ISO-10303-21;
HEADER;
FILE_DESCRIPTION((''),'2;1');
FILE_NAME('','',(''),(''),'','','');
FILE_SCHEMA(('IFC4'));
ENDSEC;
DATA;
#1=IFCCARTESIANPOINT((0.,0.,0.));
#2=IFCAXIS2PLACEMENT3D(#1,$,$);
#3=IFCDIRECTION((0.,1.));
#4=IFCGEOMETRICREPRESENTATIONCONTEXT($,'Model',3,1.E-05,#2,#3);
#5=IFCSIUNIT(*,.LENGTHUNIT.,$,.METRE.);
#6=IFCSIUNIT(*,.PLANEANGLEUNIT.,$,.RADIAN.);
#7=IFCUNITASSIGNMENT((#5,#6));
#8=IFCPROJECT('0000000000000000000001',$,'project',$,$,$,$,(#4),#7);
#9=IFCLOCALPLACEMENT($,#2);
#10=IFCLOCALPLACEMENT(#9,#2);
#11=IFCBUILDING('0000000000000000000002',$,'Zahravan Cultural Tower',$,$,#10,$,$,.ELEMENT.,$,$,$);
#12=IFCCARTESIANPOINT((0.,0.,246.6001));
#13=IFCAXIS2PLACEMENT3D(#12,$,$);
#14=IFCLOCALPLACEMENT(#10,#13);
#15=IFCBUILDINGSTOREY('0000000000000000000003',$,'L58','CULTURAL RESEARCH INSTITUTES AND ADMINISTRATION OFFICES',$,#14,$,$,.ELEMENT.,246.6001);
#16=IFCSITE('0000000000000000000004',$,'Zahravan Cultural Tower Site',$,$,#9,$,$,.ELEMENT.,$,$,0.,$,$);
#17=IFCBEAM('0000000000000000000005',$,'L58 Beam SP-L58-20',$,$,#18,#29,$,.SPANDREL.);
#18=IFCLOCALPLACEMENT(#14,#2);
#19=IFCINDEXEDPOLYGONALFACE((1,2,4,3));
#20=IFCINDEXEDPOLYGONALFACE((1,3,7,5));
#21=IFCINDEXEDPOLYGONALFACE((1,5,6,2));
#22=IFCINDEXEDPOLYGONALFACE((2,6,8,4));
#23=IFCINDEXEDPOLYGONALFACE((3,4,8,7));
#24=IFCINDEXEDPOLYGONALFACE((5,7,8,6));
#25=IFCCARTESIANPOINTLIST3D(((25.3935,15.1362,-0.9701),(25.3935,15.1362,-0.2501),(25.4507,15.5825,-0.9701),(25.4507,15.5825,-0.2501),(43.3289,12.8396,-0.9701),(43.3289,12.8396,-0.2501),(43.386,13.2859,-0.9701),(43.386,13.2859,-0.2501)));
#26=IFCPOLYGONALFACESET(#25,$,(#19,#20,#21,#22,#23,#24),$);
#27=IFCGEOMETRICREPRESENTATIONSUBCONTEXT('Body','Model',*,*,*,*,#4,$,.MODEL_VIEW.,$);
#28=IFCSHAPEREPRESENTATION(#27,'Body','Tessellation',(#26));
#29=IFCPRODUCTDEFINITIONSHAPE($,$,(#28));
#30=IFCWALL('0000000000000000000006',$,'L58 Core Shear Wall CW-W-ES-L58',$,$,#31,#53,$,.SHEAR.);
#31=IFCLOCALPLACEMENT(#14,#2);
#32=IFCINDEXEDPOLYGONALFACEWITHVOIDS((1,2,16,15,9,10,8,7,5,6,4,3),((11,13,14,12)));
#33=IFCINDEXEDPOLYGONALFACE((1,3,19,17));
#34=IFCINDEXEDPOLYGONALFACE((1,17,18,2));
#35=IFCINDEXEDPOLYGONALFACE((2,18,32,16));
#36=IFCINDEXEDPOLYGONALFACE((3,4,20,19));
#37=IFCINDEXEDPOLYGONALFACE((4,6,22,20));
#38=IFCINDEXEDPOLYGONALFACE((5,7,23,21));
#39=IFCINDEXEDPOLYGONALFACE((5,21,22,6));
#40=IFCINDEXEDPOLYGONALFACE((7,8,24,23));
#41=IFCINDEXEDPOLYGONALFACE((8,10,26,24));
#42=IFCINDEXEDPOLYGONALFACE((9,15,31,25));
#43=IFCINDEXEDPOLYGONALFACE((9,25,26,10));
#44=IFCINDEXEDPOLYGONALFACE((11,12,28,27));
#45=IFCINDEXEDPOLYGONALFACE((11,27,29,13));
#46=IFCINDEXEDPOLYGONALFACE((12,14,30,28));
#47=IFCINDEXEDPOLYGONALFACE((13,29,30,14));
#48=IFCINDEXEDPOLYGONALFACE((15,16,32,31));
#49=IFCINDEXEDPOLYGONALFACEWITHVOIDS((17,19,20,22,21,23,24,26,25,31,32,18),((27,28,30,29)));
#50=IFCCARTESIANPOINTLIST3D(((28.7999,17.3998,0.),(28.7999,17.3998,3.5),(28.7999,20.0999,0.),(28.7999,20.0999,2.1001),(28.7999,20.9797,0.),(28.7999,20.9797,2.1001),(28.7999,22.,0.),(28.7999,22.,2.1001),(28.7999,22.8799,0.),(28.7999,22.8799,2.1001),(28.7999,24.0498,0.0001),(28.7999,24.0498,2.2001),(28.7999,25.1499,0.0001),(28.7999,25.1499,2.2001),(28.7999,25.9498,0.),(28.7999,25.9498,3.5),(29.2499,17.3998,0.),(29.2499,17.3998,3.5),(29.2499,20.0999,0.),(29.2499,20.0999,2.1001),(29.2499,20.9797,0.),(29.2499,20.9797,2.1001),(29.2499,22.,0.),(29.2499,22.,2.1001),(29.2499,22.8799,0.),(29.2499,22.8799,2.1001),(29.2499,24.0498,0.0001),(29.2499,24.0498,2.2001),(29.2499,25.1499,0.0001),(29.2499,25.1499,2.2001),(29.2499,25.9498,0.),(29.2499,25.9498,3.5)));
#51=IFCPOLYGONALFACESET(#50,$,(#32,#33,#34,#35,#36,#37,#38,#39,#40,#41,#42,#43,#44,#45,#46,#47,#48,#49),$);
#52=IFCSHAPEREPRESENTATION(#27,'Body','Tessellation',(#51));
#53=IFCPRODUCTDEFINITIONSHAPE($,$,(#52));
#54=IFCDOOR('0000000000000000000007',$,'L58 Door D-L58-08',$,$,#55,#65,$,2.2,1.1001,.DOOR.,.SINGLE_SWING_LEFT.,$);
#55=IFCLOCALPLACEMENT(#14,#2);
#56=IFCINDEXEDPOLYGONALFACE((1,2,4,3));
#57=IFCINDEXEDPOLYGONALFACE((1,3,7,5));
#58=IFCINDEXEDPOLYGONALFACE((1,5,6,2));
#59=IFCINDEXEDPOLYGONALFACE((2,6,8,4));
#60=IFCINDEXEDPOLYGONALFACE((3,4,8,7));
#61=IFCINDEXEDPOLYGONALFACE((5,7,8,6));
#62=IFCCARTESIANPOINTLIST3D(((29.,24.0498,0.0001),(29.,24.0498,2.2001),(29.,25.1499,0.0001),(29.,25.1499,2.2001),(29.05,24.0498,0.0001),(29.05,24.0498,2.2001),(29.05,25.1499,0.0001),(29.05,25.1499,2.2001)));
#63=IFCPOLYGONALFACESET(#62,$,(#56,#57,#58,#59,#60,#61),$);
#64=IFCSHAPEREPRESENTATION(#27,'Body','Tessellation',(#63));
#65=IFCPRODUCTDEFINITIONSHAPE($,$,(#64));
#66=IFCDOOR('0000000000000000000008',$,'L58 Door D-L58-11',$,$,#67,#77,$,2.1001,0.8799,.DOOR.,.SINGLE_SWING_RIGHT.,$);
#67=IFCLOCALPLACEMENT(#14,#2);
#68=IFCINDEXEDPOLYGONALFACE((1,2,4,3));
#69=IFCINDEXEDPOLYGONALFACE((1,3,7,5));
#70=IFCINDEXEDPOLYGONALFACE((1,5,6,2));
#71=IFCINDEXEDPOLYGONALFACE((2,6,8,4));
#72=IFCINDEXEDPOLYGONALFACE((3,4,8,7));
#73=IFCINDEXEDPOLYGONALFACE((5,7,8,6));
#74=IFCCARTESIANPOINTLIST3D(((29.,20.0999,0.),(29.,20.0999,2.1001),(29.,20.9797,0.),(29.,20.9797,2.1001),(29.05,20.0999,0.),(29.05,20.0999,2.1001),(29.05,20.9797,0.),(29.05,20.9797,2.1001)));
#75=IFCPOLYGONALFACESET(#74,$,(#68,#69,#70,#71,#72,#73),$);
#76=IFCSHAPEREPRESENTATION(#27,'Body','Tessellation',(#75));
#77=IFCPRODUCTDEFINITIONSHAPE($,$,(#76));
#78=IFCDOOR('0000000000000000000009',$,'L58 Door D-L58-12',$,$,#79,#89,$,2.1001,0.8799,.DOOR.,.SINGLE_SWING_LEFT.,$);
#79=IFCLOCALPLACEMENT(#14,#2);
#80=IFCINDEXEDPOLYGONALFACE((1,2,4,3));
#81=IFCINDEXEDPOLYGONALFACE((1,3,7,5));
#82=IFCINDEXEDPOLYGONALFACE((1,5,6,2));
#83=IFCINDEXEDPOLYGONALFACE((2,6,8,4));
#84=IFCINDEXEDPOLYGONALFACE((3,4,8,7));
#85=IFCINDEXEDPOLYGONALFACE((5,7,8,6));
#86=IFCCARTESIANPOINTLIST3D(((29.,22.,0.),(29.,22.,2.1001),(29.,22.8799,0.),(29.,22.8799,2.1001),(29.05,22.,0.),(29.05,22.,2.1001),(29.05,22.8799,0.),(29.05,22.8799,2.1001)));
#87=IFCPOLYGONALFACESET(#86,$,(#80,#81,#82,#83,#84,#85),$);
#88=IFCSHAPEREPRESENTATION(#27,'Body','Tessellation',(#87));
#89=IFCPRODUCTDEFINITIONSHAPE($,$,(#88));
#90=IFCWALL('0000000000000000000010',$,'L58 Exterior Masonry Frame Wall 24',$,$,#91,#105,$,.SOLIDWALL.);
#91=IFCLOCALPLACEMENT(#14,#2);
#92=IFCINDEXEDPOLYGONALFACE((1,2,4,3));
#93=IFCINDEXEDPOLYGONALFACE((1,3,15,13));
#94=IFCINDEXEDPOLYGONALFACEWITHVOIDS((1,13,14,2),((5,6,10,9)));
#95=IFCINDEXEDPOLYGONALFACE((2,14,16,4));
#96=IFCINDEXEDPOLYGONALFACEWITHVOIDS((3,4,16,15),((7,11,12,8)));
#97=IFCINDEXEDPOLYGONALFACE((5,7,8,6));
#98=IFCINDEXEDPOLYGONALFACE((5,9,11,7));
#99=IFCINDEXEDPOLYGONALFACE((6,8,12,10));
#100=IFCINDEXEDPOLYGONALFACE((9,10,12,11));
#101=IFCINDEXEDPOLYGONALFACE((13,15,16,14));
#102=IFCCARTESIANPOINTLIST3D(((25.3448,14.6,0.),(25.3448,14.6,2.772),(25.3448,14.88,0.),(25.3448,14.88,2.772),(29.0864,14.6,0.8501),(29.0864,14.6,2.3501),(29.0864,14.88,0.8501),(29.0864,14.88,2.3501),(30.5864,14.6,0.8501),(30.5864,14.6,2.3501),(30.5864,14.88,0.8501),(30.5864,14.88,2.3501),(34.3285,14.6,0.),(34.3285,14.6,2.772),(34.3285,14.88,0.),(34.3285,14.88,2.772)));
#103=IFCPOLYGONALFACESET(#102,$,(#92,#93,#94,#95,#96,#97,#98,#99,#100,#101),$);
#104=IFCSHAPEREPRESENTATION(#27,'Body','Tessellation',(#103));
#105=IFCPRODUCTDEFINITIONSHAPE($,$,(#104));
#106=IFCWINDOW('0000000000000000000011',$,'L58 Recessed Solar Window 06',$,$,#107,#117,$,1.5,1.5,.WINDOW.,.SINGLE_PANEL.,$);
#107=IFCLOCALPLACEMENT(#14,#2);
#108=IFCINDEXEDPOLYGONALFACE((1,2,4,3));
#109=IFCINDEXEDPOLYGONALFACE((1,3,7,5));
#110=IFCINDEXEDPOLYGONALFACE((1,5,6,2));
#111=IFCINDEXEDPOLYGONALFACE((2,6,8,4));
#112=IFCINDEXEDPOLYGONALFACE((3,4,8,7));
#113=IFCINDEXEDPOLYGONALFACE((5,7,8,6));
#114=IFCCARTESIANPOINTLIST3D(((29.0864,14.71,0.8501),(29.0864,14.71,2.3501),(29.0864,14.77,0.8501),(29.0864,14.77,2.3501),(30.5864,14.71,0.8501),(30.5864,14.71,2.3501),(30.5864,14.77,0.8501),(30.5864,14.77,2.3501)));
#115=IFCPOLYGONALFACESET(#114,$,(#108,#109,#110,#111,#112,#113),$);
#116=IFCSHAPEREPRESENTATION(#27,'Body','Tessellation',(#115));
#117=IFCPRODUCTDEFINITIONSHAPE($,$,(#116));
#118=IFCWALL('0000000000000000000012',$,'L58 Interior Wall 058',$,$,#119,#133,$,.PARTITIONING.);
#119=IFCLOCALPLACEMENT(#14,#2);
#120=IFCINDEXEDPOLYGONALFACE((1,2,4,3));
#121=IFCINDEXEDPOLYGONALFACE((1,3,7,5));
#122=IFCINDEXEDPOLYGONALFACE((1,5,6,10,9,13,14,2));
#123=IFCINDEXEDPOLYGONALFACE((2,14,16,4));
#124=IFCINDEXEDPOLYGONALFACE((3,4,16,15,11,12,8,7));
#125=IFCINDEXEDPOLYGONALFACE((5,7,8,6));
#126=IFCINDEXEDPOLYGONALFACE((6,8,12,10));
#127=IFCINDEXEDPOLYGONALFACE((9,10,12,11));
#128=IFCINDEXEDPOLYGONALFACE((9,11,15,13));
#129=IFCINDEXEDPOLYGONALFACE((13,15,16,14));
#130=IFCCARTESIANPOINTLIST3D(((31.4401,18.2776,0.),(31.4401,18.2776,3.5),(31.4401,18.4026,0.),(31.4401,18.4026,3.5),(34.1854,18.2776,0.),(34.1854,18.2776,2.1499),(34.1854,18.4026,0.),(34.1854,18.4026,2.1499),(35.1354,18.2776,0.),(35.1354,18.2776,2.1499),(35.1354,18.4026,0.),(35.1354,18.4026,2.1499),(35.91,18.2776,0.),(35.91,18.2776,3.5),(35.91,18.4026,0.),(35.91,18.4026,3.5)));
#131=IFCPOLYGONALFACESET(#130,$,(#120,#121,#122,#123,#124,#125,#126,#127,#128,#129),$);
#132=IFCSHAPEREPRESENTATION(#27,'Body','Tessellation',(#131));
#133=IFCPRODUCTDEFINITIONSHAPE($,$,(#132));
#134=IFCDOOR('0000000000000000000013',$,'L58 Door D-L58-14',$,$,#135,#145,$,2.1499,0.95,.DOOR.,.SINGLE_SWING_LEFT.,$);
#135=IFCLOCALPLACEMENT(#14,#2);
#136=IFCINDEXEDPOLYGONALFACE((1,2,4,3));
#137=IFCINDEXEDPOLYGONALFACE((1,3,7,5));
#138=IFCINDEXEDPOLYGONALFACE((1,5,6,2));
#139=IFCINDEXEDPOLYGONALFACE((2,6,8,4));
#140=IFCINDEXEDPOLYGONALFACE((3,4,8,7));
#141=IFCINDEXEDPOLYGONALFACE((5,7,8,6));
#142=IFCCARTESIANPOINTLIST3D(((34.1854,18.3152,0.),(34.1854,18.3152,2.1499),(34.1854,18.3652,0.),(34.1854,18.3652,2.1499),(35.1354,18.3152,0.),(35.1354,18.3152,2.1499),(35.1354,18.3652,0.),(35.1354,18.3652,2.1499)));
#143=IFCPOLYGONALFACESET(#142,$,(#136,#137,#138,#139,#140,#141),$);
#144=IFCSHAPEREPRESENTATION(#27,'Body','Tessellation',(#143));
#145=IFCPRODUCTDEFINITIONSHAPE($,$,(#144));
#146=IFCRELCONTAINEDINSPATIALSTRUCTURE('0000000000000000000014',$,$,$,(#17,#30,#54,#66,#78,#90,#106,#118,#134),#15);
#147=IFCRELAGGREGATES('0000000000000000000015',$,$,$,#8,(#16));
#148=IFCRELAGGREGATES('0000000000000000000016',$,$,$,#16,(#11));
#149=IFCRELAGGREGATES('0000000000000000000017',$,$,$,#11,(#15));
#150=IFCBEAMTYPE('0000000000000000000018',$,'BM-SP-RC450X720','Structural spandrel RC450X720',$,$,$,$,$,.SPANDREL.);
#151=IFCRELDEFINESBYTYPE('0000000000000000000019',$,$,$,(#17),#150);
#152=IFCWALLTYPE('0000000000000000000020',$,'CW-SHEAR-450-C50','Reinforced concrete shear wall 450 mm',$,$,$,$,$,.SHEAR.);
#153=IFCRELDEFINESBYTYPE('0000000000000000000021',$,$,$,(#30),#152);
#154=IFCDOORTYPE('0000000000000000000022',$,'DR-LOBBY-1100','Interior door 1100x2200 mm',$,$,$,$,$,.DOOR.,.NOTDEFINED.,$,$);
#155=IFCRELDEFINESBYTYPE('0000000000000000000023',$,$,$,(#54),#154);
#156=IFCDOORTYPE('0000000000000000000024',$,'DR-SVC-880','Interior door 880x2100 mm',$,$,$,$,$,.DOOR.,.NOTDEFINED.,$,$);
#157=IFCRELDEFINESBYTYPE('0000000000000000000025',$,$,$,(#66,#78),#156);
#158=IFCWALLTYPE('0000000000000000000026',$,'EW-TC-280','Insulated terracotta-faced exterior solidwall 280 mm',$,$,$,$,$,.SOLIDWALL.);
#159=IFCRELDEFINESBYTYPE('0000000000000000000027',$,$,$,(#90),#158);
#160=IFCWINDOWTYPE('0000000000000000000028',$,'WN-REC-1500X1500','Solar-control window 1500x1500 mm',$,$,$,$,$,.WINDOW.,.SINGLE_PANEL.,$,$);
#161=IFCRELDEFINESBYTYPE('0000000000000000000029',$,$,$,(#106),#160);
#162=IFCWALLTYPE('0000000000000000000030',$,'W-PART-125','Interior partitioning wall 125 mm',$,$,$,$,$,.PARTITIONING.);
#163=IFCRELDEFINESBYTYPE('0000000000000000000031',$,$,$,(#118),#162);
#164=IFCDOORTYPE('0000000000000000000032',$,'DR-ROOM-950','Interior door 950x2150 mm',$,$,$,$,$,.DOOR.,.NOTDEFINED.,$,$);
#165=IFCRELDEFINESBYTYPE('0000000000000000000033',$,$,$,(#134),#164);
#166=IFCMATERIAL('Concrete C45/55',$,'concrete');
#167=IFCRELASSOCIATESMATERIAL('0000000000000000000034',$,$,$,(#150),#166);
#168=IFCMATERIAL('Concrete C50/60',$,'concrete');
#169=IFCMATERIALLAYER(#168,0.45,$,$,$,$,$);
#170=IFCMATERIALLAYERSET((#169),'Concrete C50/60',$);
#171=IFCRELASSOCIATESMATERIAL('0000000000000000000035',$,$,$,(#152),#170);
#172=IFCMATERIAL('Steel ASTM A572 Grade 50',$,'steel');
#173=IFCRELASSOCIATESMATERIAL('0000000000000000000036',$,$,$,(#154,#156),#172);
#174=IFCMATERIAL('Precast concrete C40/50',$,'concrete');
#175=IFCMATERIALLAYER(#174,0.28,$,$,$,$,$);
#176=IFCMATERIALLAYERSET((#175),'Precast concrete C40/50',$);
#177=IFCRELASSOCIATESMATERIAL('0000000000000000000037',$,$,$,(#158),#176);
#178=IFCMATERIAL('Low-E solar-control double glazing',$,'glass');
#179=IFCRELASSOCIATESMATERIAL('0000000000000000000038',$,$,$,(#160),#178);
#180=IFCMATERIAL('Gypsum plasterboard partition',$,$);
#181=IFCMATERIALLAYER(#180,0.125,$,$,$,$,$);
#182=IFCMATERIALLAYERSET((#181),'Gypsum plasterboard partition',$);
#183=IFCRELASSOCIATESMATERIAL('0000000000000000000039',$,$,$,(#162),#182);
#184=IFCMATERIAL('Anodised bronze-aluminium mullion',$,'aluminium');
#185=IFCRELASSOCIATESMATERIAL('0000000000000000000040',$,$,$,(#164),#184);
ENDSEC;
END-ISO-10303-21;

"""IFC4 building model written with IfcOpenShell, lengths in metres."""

from ifc_helpers import new_model, si_unit, direction, frame, frame_2d, origin, origin_2d, place, context, subcontext, project, spatial, rectangle, extrude, source, transform, mapped, material, layer, layer_set, material_profile, profile_set, type_object, element, fill, save


model = new_model("IFC4")

# Units and contexts
model_context = context("Model", 3, precision=1e-05, world=origin(), true_north=direction((0.0, 1.0)))
body_context = subcontext(model_context, "Body", "Model", "MODEL_VIEW")
ifc_project = project(units=[si_unit("LENGTHUNIT", "METRE"), si_unit("PLANEANGLEUNIT", "RADIAN")], contexts=[model_context])

# Site, building, storey
site_placement = place(None, origin())
site = spatial("IfcSite", under=ifc_project, at=site_placement, Name="Zahravan Cultural Tower Site", CompositionType="ELEMENT", RefElevation=0.0)
building_placement = place(site_placement, origin())
building = spatial("IfcBuilding", under=site, at=building_placement, Name="Zahravan Cultural Tower", CompositionType="ELEMENT")
storey_placement = place(building_placement, frame((0.0, 0.0, 246.6001)))
storey = spatial("IfcBuildingStorey", under=building, at=storey_placement, Name="L58", Description="CULTURAL RESEARCH INSTITUTES AND ADMINISTRATION OFFICES", CompositionType="ELEMENT", Elevation=246.6001)

# Shared definitions
ifc_material_1 = material(Name="Concrete C50/60", Category="concrete")

# Beam
ifc_material_2 = material(Name="Concrete C45/55", Category="concrete")
ifc_material_profile_1 = material_profile(ifc_material_2, rectangle(XDim=0.45, YDim=0.72, at=origin_2d()), Name="RC450X720")
ifc_profile_set_1 = profile_set([ifc_material_profile_1], Name="Concrete C45/55")
beam_type_1 = type_object("IfcBeamType", Name="BM-SP-RC450X720", Description="Structural spandrel RC450X720", PredefinedType="SPANDREL", material=ifc_profile_set_1)
shared_shape_1 = source(origin(), body_context, "Body", "SweptSolid", [
    extrude(rectangle(XDim=0.45, YDim=0.72, at=origin_2d()), origin(), (0.0, 0.0, 1.0), 18.0818),
])
beam_1_placement = place(storey_placement, frame((25.4221, 15.3594, -0.6101), z_axis=(0.991901, -0.127014, 0.0), x_axis=(0.127014, 0.991901, 0.0)))
element("IfcBeam", 1, at=beam_1_placement, inside=storey, type_object=beam_type_1, Name="L58 Beam SP-L58-20", PredefinedType="SPANDREL", context=body_context, shape_type="MappedRepresentation", body=[
    mapped(shared_shape_1, transform((0.0, 0.0, 0.0), x_axis=(1.0, 0.0, 0.0), y_axis=(0.0, 1.0, 0.0), z_axis=(0.0, 0.0, 1.0), scale=1.0)),
])

# Wall, openings, doors
ifc_layer_1 = layer(ifc_material_1, 0.45)
ifc_layer_set_1 = layer_set([ifc_layer_1], Name="Concrete C50/60")
wall_type_1 = type_object("IfcWallType", Name="CW-SHEAR-450-C50", Description="Reinforced concrete shear wall 450 mm", PredefinedType="SHEAR", material=ifc_layer_set_1)
wall_1_placement = place(storey_placement, frame((29.0249, 17.3999, 0.0), z_axis=(0.0, 0.0, 1.0), x_axis=(0.0, 1.0, 0.0)))
wall_1 = element("IfcWall", 2, at=wall_1_placement, inside=storey, type_object=wall_type_1, Name="L58 Core Shear Wall CW-W-ES-L58", PredefinedType="SHEAR", context=body_context, shape_type="SweptSolid", body=[
    extrude(rectangle(XDim=8.55, YDim=0.45, at=frame_2d((4.2749, 0.0))), origin(), (0.0, 0.0, 1.0), 3.5),
])
opening_1_placement = place(wall_1_placement, frame((6.6499, 0.0, 0.0)))
opening_1 = element("IfcOpeningElement", 3, at=opening_1_placement, cuts=wall_1, PredefinedType="OPENING", context=body_context, shape_type="SweptSolid", body=[
    extrude(rectangle(XDim=1.1001, YDim=2.2, at=frame_2d((0.55, 1.1001))), frame((0.0, 0.2349, 0.0), z_axis=(0.0, -1.0, 0.0), x_axis=(1.0, 0.0, 0.0)), (0.0, 0.0, 1.0), 0.47),
])
opening_2_placement = place(wall_1_placement, frame((2.7, 0.0, 0.0)))
opening_2 = element("IfcOpeningElement", 4, at=opening_2_placement, cuts=wall_1, PredefinedType="OPENING", context=body_context, shape_type="SweptSolid", body=[
    extrude(rectangle(XDim=0.8799, YDim=2.1001, at=frame_2d((0.4399, 1.05))), frame((0.0, 0.2349, 0.0), z_axis=(0.0, -1.0, 0.0), x_axis=(1.0, 0.0, 0.0)), (0.0, 0.0, 1.0), 0.47),
])
opening_3_placement = place(wall_1_placement, frame((4.6001, 0.0, 0.0)))
opening_3 = element("IfcOpeningElement", 5, at=opening_3_placement, cuts=wall_1, PredefinedType="OPENING", context=body_context, shape_type="SweptSolid", body=[
    extrude(rectangle(XDim=0.8799, YDim=2.1001, at=frame_2d((0.4399, 1.05))), frame((0.0, 0.2349, 0.0), z_axis=(0.0, -1.0, 0.0), x_axis=(1.0, 0.0, 0.0)), (0.0, 0.0, 1.0), 0.47),
])
ifc_material_3 = material(Name="Steel ASTM A572 Grade 50", Category="steel")
door_type_1 = type_object("IfcDoorType", Name="DR-LOBBY-1100", Description="Interior door 1100x2200 mm", OperationType="NOTDEFINED", PredefinedType="DOOR", material=ifc_material_3)
shared_shape_2 = source(origin(), body_context, "Body", "SweptSolid", [
    extrude(rectangle(XDim=1.1001, YDim=2.2, at=frame_2d((0.55, 1.1001))), frame((0.0, 0.0249, 0.0), z_axis=(0.0, -1.0, 0.0), x_axis=(1.0, 0.0, 0.0)), (0.0, 0.0, 1.0), 0.05),
])
door_1_placement = place(opening_1_placement, origin())
door_1 = element("IfcDoor", 6, at=door_1_placement, inside=storey, type_object=door_type_1, Name="L58 Door D-L58-08", OperationType="SINGLE_SWING_LEFT", OverallHeight=2.2, OverallWidth=1.1001, PredefinedType="DOOR", context=body_context, shape_type="MappedRepresentation", body=[
    mapped(shared_shape_2, transform((0.0, 0.0, 0.0), x_axis=(1.0, 0.0, 0.0), y_axis=(0.0, 1.0, 0.0), z_axis=(0.0, 0.0, 1.0), scale=1.0)),
])
fill(opening_1, door_1)
door_type_2 = type_object("IfcDoorType", Name="DR-SVC-880", Description="Interior door 880x2100 mm", OperationType="NOTDEFINED", PredefinedType="DOOR", material=ifc_material_3)
shared_shape_3 = source(origin(), body_context, "Body", "SweptSolid", [
    extrude(rectangle(XDim=0.8799, YDim=2.1001, at=frame_2d((0.4399, 1.05))), frame((0.0, 0.0249, 0.0), z_axis=(0.0, -1.0, 0.0), x_axis=(1.0, 0.0, 0.0)), (0.0, 0.0, 1.0), 0.05),
])
door_2_placement = place(opening_2_placement, origin())
door_2 = element("IfcDoor", 7, at=door_2_placement, inside=storey, type_object=door_type_2, Name="L58 Door D-L58-11", OperationType="SINGLE_SWING_RIGHT", OverallHeight=2.1001, OverallWidth=0.8799, PredefinedType="DOOR", context=body_context, shape_type="MappedRepresentation", body=[
    mapped(shared_shape_3, transform((0.0, 0.0, 0.0), x_axis=(1.0, 0.0, 0.0), y_axis=(0.0, 1.0, 0.0), z_axis=(0.0, 0.0, 1.0), scale=1.0)),
])
fill(opening_2, door_2)
door_3_placement = place(opening_3_placement, origin())
door_3 = element("IfcDoor", 8, at=door_3_placement, inside=storey, type_object=door_type_2, Name="L58 Door D-L58-12", OperationType="SINGLE_SWING_LEFT", OverallHeight=2.1001, OverallWidth=0.8799, PredefinedType="DOOR", context=body_context, shape_type="MappedRepresentation", body=[
    mapped(shared_shape_3, transform((0.0, 0.0, 0.0), x_axis=(1.0, 0.0, 0.0), y_axis=(0.0, 1.0, 0.0), z_axis=(0.0, 0.0, 1.0), scale=1.0)),
])
fill(opening_3, door_3)

# Wall, opening, window
ifc_material_4 = material(Name="Precast concrete C40/50", Category="concrete")
ifc_layer_2 = layer(ifc_material_4, 0.28)
ifc_layer_set_2 = layer_set([ifc_layer_2], Name="Precast concrete C40/50")
wall_type_2 = type_object("IfcWallType", Name="EW-TC-280", Description="Insulated terracotta-faced exterior solidwall 280 mm", PredefinedType="SOLIDWALL", material=ifc_layer_set_2)
wall_2_placement = place(storey_placement, frame((34.3284, 14.74, 0.0), z_axis=(0.0, 0.0, 1.0), x_axis=(-1.0, 0.0, 0.0)))
wall_2 = element("IfcWall", 9, at=wall_2_placement, inside=storey, type_object=wall_type_2, Name="L58 Exterior Masonry Frame Wall 24", PredefinedType="SOLIDWALL", context=body_context, shape_type="SweptSolid", body=[
    extrude(rectangle(XDim=8.9836, YDim=0.28, at=frame_2d((4.4917, 0.0))), origin(), (0.0, 0.0, 1.0), 2.772),
])
opening_4_placement = place(wall_2_placement, frame((3.7419, 0.0, 0.8501)))
opening_4 = element("IfcOpeningElement", 10, at=opening_4_placement, cuts=wall_2, PredefinedType="OPENING", context=body_context, shape_type="SweptSolid", body=[
    extrude(rectangle(XDim=1.5, YDim=1.5, at=frame_2d((0.75, 0.75))), frame((0.0, 0.1499, 0.0), z_axis=(0.0, -1.0, 0.0), x_axis=(1.0, 0.0, 0.0)), (0.0, 0.0, 1.0), 0.3),
])
ifc_material_5 = material(Name="Low-E solar-control double glazing", Category="glass")
window_type = type_object("IfcWindowType", Name="WN-REC-1500X1500", Description="Solar-control window 1500x1500 mm", PartitioningType="SINGLE_PANEL", PredefinedType="WINDOW", material=ifc_material_5)
shared_shape_4 = source(origin(), body_context, "Body", "SweptSolid", [
    extrude(rectangle(XDim=1.5, YDim=1.5, at=frame_2d((0.75, 0.75))), frame((0.0, 0.03, 0.0), z_axis=(0.0, -1.0, 0.0), x_axis=(1.0, 0.0, 0.0)), (0.0, 0.0, 1.0), 0.0601),
])
window_placement = place(opening_4_placement, origin())
window = element("IfcWindow", 11, at=window_placement, inside=storey, type_object=window_type, Name="L58 Recessed Solar Window 06", OverallHeight=1.5, OverallWidth=1.5, PartitioningType="SINGLE_PANEL", PredefinedType="WINDOW", context=body_context, shape_type="MappedRepresentation", body=[
    mapped(shared_shape_4, transform((0.0, 0.0, 0.0), x_axis=(1.0, 0.0, 0.0), y_axis=(0.0, 1.0, 0.0), z_axis=(0.0, 0.0, 1.0), scale=1.0)),
])
fill(opening_4, window)

# Wall, opening, door
ifc_material_6 = material(Name="Gypsum plasterboard partition")
ifc_layer_3 = layer(ifc_material_6, 0.125)
ifc_layer_set_3 = layer_set([ifc_layer_3], Name="Gypsum plasterboard partition")
wall_type_3 = type_object("IfcWallType", Name="W-PART-125", Description="Interior partitioning wall 125 mm", PredefinedType="PARTITIONING", material=ifc_layer_set_3)
wall_3_placement = place(storey_placement, frame((35.9099, 18.3401, 0.0), z_axis=(0.0, 0.0, 1.0), x_axis=(-1.0, 0.0, 0.0)))
wall_3 = element("IfcWall", 12, at=wall_3_placement, inside=storey, type_object=wall_type_3, Name="L58 Interior Wall 058", PredefinedType="PARTITIONING", context=body_context, shape_type="SweptSolid", body=[
    extrude(rectangle(XDim=4.47, YDim=0.125, at=frame_2d((2.2349, 0.0))), origin(), (0.0, 0.0, 1.0), 3.5),
])
opening_5_placement = place(wall_3_placement, frame((0.7744, 0.0, 0.0)))
opening_5 = element("IfcOpeningElement", 13, at=opening_5_placement, cuts=wall_3, PredefinedType="OPENING", context=body_context, shape_type="SweptSolid", body=[
    extrude(rectangle(XDim=0.95, YDim=2.1499, at=frame_2d((0.4751, 1.075))), frame((0.0, 0.0725, 0.0), z_axis=(0.0, -1.0, 0.0), x_axis=(1.0, 0.0, 0.0)), (0.0, 0.0, 1.0), 0.145),
])
ifc_material_7 = material(Name="Anodised bronze-aluminium mullion", Category="aluminium")
door_type_3 = type_object("IfcDoorType", Name="DR-ROOM-950", Description="Interior door 950x2150 mm", OperationType="NOTDEFINED", PredefinedType="DOOR", material=ifc_material_7)
shared_shape_5 = source(origin(), body_context, "Body", "SweptSolid", [
    extrude(rectangle(XDim=0.95, YDim=2.1499, at=frame_2d((0.4751, 1.075))), frame((0.0, 0.0249, 0.0), z_axis=(0.0, -1.0, 0.0), x_axis=(1.0, 0.0, 0.0)), (0.0, 0.0, 1.0), 0.05),
])
door_4_placement = place(opening_5_placement, origin())
door_4 = element("IfcDoor", 14, at=door_4_placement, inside=storey, type_object=door_type_3, Name="L58 Door D-L58-14", OperationType="SINGLE_SWING_LEFT", OverallHeight=2.1499, OverallWidth=0.95, PredefinedType="DOOR", context=body_context, shape_type="MappedRepresentation", body=[
    mapped(shared_shape_5, transform((0.0, 0.0, 0.0), x_axis=(1.0, 0.0, 0.0), y_axis=(0.0, 1.0, 0.0), z_axis=(0.0, 0.0, 1.0), scale=1.0)),
])
fill(opening_5, door_4)

save(model, "model.ifc")
